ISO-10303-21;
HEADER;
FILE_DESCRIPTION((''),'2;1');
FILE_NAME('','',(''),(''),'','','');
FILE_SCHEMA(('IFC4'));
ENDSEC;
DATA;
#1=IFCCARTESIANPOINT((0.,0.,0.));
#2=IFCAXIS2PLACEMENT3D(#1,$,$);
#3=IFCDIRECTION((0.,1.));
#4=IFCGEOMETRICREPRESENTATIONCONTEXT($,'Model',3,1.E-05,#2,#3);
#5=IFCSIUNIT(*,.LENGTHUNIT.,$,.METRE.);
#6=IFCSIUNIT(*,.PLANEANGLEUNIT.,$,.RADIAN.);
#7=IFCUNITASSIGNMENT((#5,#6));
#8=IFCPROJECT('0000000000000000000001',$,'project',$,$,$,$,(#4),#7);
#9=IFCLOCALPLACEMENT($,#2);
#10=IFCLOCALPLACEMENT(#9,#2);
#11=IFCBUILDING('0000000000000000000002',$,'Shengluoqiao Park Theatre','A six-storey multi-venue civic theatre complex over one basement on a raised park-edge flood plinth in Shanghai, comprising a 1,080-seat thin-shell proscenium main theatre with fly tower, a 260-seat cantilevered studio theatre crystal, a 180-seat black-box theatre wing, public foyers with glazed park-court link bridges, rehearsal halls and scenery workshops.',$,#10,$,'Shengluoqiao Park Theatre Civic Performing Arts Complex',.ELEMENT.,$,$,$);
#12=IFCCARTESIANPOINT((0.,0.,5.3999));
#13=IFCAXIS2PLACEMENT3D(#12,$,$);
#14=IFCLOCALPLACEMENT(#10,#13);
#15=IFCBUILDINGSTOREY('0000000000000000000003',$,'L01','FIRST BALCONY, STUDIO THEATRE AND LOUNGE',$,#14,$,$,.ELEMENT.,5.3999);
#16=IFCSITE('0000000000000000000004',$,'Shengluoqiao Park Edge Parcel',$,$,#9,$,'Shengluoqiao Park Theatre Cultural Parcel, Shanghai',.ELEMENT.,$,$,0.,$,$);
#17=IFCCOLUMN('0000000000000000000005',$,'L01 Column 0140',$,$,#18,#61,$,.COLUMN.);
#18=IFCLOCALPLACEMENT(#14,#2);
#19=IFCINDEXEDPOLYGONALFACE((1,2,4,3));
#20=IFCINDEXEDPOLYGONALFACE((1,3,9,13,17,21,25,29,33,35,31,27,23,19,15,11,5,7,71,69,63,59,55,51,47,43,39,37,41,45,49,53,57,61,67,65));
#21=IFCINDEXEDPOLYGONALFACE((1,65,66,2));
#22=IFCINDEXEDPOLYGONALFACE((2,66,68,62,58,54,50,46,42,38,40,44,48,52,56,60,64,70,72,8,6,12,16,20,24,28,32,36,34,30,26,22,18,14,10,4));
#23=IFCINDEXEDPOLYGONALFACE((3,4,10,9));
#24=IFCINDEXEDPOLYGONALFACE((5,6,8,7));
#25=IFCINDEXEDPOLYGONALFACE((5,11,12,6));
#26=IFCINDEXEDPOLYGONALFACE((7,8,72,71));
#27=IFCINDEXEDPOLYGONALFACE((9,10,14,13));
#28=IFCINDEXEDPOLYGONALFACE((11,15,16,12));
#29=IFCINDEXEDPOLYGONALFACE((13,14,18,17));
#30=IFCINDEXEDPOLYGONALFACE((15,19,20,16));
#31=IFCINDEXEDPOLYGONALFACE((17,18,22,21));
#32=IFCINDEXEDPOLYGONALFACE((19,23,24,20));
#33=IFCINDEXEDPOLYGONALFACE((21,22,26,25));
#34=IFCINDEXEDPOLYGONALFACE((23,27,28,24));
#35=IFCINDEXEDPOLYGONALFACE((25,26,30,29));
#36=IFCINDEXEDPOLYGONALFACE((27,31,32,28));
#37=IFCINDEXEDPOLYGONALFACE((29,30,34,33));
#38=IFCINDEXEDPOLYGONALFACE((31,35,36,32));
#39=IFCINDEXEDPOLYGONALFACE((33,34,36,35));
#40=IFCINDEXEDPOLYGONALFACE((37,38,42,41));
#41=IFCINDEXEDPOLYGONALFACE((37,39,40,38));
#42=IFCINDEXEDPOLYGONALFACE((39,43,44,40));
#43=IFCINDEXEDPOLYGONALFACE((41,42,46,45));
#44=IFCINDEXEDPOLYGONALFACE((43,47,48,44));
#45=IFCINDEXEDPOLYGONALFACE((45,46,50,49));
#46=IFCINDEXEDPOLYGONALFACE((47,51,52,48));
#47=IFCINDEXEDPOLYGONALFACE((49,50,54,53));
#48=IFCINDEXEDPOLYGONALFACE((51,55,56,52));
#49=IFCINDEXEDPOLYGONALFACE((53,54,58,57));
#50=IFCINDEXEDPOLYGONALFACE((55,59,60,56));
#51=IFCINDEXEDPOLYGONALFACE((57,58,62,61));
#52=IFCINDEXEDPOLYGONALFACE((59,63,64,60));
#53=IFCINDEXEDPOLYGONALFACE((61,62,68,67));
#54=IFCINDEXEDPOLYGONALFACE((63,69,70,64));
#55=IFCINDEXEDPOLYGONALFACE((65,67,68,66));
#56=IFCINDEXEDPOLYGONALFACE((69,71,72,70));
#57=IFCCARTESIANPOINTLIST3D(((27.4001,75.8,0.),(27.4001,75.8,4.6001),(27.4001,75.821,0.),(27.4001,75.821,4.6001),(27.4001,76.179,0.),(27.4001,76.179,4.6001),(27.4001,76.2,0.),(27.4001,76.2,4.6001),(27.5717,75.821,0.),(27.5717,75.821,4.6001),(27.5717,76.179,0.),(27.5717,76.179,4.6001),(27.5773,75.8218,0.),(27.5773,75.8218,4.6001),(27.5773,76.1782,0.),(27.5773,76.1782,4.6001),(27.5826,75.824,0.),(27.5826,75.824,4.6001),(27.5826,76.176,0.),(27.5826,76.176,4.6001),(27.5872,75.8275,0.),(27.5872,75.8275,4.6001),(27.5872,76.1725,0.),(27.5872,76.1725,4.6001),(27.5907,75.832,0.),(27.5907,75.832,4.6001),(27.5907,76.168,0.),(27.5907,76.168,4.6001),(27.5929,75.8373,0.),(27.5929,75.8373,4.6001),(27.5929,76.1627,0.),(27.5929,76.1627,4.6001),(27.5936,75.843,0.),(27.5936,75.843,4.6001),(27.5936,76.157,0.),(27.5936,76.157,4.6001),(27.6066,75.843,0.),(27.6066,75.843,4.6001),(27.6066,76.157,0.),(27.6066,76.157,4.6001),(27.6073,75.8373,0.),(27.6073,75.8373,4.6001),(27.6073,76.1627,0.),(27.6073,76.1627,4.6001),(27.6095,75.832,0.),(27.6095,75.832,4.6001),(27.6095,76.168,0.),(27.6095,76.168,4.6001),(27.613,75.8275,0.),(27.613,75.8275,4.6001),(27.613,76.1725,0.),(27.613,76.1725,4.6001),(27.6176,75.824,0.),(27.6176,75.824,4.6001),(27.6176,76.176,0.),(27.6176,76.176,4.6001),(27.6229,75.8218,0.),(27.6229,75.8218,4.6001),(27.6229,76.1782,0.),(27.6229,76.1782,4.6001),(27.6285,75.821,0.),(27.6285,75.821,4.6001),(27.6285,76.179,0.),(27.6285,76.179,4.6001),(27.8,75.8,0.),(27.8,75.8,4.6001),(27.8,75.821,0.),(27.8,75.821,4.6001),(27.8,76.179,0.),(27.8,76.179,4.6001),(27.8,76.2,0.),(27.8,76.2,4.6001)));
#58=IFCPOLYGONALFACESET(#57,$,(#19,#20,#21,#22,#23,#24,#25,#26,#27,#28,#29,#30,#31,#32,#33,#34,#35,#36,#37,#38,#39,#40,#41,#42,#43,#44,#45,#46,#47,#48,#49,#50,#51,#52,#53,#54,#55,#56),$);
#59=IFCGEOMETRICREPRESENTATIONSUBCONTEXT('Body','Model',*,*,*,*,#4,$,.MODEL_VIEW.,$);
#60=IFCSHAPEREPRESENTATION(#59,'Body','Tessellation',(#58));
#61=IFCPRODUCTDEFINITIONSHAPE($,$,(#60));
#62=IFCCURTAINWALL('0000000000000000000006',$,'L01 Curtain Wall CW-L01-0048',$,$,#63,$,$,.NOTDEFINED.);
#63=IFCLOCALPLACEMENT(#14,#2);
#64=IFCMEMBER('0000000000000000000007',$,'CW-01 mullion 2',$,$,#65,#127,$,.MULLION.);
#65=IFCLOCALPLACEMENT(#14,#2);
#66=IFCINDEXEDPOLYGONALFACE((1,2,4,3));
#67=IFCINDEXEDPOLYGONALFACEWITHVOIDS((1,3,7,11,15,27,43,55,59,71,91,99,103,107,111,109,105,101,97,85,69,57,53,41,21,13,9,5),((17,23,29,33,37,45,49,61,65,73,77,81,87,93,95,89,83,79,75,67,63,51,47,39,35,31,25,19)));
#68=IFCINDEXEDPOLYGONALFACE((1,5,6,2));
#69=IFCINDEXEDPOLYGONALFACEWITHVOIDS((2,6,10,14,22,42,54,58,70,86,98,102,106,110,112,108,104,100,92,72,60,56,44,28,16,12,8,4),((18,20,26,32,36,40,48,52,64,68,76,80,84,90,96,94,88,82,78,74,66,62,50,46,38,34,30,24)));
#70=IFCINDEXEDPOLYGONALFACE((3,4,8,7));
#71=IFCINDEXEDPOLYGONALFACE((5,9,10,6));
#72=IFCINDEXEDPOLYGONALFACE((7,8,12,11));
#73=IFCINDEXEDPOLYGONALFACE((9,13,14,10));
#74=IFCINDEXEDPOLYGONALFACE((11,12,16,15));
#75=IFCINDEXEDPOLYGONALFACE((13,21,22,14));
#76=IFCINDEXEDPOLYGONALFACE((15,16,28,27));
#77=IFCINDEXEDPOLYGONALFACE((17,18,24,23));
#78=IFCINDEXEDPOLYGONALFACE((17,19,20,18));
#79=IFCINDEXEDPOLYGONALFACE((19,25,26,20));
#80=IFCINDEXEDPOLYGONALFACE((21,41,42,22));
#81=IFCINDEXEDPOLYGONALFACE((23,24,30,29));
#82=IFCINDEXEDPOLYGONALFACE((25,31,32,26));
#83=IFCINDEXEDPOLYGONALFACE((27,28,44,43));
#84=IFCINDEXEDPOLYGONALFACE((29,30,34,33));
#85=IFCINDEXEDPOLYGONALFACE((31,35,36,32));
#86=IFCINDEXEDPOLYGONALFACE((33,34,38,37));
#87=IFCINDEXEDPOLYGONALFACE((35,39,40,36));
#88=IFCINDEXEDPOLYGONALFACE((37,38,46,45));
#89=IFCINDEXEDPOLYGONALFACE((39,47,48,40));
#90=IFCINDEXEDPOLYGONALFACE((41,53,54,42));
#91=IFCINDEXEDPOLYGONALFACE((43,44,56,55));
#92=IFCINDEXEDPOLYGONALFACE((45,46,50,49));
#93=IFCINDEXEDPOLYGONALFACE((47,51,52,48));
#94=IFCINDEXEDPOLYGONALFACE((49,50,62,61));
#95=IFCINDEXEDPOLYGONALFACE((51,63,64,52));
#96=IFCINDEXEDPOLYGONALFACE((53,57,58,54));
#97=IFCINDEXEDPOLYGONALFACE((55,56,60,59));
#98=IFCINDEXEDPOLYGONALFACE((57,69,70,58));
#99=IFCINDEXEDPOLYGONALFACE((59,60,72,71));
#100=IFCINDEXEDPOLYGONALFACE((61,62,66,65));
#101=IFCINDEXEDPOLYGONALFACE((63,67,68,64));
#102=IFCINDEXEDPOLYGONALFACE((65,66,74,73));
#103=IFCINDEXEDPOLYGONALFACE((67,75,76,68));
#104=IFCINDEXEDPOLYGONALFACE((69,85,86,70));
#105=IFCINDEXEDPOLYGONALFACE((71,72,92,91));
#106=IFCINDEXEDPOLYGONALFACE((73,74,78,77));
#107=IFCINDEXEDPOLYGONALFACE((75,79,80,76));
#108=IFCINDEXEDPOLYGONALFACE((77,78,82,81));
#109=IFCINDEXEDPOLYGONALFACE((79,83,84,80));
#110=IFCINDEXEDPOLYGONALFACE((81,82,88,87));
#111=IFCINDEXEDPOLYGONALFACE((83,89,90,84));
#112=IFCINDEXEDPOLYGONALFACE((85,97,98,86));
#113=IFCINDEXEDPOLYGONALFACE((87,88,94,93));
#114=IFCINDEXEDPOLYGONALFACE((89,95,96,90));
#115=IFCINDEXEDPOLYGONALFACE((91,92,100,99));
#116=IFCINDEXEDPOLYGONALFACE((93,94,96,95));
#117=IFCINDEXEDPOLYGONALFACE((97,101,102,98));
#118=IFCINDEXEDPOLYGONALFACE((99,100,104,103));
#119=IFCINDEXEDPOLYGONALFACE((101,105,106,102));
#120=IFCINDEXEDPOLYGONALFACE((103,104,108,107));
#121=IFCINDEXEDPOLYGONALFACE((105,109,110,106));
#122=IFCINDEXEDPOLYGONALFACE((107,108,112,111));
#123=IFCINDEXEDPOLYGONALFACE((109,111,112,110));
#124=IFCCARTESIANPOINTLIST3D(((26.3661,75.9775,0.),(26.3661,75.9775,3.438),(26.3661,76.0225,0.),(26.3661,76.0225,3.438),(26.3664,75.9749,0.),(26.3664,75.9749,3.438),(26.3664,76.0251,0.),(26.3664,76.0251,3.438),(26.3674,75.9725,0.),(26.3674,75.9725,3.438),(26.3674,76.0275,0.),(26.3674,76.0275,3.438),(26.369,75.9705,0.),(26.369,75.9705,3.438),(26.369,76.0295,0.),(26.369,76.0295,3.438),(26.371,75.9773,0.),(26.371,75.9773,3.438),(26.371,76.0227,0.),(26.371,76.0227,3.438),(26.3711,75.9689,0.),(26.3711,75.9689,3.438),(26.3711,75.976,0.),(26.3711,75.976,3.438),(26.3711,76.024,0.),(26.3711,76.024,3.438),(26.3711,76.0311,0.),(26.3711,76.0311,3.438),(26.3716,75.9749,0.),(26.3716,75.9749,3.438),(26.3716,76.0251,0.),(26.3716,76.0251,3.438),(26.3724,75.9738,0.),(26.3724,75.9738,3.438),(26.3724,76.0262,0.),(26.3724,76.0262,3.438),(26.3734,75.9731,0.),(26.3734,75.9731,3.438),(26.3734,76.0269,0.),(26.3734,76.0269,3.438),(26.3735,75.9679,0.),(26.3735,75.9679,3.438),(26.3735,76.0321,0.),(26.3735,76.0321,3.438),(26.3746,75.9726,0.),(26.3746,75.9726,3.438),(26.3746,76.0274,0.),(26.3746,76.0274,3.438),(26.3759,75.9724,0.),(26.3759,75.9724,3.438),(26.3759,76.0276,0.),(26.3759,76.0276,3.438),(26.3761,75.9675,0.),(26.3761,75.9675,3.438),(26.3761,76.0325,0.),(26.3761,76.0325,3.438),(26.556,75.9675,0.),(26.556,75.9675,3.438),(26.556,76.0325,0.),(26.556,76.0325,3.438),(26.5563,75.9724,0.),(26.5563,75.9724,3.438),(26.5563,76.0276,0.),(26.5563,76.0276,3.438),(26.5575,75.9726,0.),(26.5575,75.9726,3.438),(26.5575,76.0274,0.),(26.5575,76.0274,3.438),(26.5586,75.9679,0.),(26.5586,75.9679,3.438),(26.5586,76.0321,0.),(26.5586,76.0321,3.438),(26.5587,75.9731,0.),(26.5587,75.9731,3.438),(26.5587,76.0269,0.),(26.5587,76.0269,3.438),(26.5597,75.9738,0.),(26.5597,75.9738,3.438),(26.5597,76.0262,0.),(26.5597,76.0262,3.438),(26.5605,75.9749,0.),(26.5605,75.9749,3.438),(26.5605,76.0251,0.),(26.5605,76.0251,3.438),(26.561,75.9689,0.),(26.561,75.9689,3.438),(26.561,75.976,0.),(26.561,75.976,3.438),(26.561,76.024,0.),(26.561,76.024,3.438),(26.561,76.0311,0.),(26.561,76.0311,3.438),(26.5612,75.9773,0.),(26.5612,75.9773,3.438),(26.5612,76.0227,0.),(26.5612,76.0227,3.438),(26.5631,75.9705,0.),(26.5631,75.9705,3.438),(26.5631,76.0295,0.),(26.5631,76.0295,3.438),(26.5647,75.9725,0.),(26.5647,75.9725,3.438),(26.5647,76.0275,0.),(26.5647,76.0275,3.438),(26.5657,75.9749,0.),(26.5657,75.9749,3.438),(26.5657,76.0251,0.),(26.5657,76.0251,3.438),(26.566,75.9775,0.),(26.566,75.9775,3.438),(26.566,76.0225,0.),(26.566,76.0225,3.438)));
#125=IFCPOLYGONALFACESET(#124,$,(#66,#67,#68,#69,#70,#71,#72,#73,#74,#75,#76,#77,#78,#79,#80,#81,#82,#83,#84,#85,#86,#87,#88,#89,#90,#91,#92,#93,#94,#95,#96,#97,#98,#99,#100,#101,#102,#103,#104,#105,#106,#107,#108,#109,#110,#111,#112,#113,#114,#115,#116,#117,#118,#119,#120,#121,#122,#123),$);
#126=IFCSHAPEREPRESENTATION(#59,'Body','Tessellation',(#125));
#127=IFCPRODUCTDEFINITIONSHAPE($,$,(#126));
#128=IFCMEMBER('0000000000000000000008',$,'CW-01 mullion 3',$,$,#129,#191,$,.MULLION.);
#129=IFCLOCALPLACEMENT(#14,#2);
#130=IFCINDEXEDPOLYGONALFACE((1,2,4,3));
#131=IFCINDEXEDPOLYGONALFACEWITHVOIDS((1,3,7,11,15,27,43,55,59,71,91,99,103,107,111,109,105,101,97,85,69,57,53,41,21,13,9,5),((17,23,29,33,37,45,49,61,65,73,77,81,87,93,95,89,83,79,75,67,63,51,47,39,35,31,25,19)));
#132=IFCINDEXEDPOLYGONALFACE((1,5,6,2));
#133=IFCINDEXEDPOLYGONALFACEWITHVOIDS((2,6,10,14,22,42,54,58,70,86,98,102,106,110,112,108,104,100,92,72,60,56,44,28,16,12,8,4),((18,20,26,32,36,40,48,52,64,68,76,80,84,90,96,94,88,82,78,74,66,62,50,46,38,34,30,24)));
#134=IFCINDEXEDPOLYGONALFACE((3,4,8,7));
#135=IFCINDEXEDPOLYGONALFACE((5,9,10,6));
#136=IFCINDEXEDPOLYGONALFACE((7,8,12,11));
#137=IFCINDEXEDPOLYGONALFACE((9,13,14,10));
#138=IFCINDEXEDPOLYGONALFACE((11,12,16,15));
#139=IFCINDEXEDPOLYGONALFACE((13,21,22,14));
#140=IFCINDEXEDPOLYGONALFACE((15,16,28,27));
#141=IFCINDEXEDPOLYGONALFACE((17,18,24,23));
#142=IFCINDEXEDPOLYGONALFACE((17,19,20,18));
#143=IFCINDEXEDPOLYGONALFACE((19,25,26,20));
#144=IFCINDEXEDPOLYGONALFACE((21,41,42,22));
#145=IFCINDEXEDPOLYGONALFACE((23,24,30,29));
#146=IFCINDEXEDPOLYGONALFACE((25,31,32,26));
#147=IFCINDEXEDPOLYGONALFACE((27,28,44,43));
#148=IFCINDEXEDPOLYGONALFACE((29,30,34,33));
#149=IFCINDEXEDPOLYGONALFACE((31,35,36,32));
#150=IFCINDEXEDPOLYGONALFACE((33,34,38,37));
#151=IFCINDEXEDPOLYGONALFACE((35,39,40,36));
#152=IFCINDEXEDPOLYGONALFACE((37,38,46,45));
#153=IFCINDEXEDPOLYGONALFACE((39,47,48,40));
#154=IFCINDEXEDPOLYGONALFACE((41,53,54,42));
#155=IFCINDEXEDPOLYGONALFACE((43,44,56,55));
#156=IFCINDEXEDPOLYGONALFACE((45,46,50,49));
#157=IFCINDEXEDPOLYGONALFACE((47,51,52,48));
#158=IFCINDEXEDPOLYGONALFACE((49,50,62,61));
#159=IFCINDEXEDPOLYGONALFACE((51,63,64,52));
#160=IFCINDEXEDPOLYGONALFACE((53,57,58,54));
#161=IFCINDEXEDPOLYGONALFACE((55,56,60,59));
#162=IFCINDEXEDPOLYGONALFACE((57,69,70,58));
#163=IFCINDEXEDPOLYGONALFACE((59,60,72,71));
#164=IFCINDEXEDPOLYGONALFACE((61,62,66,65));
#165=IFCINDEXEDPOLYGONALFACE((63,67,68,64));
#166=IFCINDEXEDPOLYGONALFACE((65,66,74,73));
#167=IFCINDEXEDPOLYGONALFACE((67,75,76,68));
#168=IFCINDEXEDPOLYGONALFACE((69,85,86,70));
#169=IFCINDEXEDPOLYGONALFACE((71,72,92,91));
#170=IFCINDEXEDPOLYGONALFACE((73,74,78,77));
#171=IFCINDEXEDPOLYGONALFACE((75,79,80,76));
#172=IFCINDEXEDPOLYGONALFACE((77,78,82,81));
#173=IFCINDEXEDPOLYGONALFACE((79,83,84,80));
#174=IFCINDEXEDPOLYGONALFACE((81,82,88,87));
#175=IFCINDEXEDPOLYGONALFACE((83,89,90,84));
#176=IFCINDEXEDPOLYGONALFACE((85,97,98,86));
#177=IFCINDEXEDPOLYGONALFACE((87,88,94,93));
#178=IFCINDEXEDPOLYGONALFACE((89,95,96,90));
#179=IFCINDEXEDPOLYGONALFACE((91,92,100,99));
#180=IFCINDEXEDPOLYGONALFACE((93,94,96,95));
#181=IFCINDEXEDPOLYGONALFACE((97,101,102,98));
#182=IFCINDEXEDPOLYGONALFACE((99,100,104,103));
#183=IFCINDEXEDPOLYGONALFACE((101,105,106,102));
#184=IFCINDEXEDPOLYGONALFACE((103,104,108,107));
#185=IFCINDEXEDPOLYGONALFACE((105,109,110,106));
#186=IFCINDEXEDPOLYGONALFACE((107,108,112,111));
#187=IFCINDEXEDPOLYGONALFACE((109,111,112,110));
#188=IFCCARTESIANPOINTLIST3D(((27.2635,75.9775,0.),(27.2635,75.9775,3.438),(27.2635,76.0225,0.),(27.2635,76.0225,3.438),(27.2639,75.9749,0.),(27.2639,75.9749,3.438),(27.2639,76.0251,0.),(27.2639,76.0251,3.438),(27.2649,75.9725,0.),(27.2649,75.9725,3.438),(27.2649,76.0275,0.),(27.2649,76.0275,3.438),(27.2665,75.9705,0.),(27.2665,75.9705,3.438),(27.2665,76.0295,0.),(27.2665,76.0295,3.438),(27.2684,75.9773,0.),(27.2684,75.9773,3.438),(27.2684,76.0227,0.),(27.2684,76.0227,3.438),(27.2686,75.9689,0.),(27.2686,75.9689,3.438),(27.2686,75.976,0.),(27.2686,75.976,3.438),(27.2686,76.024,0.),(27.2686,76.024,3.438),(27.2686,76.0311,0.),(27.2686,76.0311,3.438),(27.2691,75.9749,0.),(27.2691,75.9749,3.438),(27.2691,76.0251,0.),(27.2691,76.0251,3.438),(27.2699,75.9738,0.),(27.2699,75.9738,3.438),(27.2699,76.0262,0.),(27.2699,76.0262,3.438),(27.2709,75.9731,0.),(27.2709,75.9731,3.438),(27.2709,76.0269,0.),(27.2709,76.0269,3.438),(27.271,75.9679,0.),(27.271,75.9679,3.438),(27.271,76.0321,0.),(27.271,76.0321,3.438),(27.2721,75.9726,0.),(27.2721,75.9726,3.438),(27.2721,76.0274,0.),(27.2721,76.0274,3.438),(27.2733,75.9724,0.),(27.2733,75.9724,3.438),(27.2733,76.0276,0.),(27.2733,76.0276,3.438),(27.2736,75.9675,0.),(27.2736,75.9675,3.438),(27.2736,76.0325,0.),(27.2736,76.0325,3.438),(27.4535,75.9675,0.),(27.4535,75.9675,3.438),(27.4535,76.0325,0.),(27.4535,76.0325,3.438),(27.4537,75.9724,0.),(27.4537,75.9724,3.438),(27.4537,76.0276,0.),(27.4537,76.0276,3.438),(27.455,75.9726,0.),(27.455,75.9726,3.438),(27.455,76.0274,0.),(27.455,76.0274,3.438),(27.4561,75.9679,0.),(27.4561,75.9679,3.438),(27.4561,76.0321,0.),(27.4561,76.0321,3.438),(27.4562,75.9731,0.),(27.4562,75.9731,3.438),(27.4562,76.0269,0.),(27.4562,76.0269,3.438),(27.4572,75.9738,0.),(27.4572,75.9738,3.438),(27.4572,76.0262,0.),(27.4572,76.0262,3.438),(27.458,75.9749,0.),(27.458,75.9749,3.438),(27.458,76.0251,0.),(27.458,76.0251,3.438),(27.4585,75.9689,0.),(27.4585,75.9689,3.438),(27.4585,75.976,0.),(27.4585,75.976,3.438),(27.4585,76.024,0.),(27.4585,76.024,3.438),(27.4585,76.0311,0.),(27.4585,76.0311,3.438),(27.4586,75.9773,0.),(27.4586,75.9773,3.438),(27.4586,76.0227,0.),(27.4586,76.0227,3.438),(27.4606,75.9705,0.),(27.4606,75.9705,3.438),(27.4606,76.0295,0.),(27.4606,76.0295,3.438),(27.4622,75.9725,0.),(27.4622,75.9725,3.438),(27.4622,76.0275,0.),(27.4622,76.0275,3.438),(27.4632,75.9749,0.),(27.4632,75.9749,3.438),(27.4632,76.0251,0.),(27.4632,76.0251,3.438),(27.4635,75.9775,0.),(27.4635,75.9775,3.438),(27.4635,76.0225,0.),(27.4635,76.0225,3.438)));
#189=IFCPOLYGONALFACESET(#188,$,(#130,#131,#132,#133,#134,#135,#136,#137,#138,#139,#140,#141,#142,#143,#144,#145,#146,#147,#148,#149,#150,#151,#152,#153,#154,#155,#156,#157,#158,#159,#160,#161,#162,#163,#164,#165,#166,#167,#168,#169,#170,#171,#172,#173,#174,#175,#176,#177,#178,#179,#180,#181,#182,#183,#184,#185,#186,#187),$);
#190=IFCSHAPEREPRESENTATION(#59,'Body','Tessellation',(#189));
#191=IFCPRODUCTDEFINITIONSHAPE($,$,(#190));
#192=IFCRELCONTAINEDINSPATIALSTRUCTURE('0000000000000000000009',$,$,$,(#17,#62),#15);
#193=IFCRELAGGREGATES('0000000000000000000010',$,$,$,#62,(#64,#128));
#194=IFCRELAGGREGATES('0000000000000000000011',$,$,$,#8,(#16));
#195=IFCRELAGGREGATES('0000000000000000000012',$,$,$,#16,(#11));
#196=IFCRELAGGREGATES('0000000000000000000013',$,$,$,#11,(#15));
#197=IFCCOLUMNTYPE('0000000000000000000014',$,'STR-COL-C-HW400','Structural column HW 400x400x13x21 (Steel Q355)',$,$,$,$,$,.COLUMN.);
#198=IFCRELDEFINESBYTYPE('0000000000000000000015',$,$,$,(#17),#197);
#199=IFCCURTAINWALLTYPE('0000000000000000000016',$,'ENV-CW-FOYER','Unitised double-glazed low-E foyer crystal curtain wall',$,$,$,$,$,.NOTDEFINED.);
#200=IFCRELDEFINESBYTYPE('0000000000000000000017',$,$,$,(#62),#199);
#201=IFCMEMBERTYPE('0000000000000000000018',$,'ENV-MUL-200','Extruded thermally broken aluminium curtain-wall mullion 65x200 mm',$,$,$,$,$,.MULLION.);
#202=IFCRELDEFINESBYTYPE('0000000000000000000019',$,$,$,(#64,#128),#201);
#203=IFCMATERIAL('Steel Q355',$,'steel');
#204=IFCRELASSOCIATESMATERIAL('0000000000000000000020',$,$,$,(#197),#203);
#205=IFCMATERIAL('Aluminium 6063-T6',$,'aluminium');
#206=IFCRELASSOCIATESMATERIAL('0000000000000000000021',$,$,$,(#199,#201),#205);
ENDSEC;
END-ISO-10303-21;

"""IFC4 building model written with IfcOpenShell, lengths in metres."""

from ifc_helpers import new_model, si_unit, direction, frame, origin, origin_2d, place, context, subcontext, project, spatial, hollow_rectangle, i_section, extrude, material, material_profile, profile_set, type_object, element, aggregate, save


model = new_model("IFC4")

# Units and contexts
model_context = context("Model", 3, precision=1e-05, world=origin(), true_north=direction((0.0, 1.0)))
body_context = subcontext(model_context, "Body", "Model", "MODEL_VIEW")
ifc_project = project(units=[si_unit("LENGTHUNIT", "METRE"), si_unit("PLANEANGLEUNIT", "RADIAN")], contexts=[model_context])

# Site, building, storey
site_placement = place(None, origin())
site = spatial("IfcSite", under=ifc_project, at=site_placement, Name="Shengluoqiao Park Edge Parcel", LongName="Shengluoqiao Park Theatre Cultural Parcel, Shanghai", CompositionType="ELEMENT", RefElevation=0.0)
building_placement = place(site_placement, origin())
building = spatial("IfcBuilding", under=site, at=building_placement, Name="Shengluoqiao Park Theatre", Description="A six-storey multi-venue civic theatre complex over one basement on a raised park-edge flood plinth in Shanghai, comprising a 1,080-seat thin-shell proscenium main theatre with fly tower, a 260-seat cantilevered studio theatre crystal, a 180-seat black-box theatre wing, public foyers with glazed park-court link bridges, rehearsal halls and scenery workshops.", LongName="Shengluoqiao Park Theatre Civic Performing Arts Complex", CompositionType="ELEMENT")
storey_placement = place(building_placement, frame((0.0, 0.0, 5.3999)))
storey = spatial("IfcBuildingStorey", under=building, at=storey_placement, Name="L01", Description="FIRST BALCONY, STUDIO THEATRE AND LOUNGE", CompositionType="ELEMENT", Elevation=5.3999)

# Column
ifc_material_1 = material(Name="Steel Q355", Category="steel")
ifc_material_profile_1 = material_profile(ifc_material_1, i_section(OverallWidth=0.3999, OverallDepth=0.3999, WebThickness=0.0129, FlangeThickness=0.021, FilletRadius=0.022, at=origin_2d()), Name="HW 400x400x13x21")
ifc_profile_set_1 = profile_set([ifc_material_profile_1], Name="Steel Q355")
column_type = type_object("IfcColumnType", Name="STR-COL-C-HW400", Description="Structural column HW 400x400x13x21 (Steel Q355)", PredefinedType="COLUMN", material=ifc_profile_set_1)
column_placement = place(storey_placement, frame((27.6001, 76.0, 0.0), z_axis=(0.0, 0.0, 1.0), x_axis=(1.0, 0.0, 0.0)))
element("IfcColumn", 1, at=column_placement, inside=storey, type_object=column_type, Name="L01 Column 0140", PredefinedType="COLUMN", context=body_context, shape_type="SweptSolid", body=[
    extrude(i_section(OverallWidth=0.3999, OverallDepth=0.3999, WebThickness=0.0129, FlangeThickness=0.021, FilletRadius=0.022, at=origin_2d()), origin(), (0.0, 0.0, 1.0), 4.6001),
])

# Curtain wall, members
ifc_material_2 = material(Name="Aluminium 6063-T6", Category="aluminium")
curtain_wall_type = type_object("IfcCurtainWallType", Name="ENV-CW-FOYER", Description="Unitised double-glazed low-E foyer crystal curtain wall", PredefinedType="NOTDEFINED", material=ifc_material_2)
curtain_wall_1_placement = place(storey_placement, origin())
curtain_wall_1 = element("IfcCurtainWall", 2, at=curtain_wall_1_placement, inside=storey, type_object=curtain_wall_type, Name="L01 Curtain Wall CW-L01-0048", PredefinedType="NOTDEFINED")
ifc_material_profile_2 = material_profile(ifc_material_2, hollow_rectangle(XDim=0.0649, YDim=0.2, WallThickness=0.0049, InnerFilletRadius=0.0049, OuterFilletRadius=0.01, at=origin_2d()), Name="ALU MULLION 200x65x5")
ifc_profile_set_2 = profile_set([ifc_material_profile_2], Name="Aluminium 6063-T6")
member_type_1 = type_object("IfcMemberType", Name="ENV-MUL-200", Description="Extruded thermally broken aluminium curtain-wall mullion 65x200 mm", PredefinedType="MULLION", material=ifc_profile_set_2)
member_1_placement = place(storey_placement, frame((26.4661, 76.0, 0.0), z_axis=(0.0, 0.0, 1.0), x_axis=(0.0, 1.0, 0.0)))
member_1 = element("IfcMember", 3, at=member_1_placement, type_object=member_type_1, Name="CW-01 mullion 2", PredefinedType="MULLION", context=body_context, shape_type="SweptSolid", body=[
    extrude(hollow_rectangle(XDim=0.0649, YDim=0.2, WallThickness=0.0049, InnerFilletRadius=0.0049, OuterFilletRadius=0.01, at=origin_2d()), origin(), (0.0, 0.0, 1.0), 3.438),
])
member_2_placement = place(storey_placement, frame((27.3635, 76.0, 0.0), z_axis=(0.0, 0.0, 1.0), x_axis=(0.0, 1.0, 0.0)))
member_2 = element("IfcMember", 4, at=member_2_placement, type_object=member_type_1, Name="CW-01 mullion 3", PredefinedType="MULLION", context=body_context, shape_type="SweptSolid", body=[
    extrude(hollow_rectangle(XDim=0.0649, YDim=0.2, WallThickness=0.0049, InnerFilletRadius=0.0049, OuterFilletRadius=0.01, at=origin_2d()), origin(), (0.0, 0.0, 1.0), 3.438),
])

aggregate(curtain_wall_1, [member_1, member_2])

save(model, "model.ifc")
